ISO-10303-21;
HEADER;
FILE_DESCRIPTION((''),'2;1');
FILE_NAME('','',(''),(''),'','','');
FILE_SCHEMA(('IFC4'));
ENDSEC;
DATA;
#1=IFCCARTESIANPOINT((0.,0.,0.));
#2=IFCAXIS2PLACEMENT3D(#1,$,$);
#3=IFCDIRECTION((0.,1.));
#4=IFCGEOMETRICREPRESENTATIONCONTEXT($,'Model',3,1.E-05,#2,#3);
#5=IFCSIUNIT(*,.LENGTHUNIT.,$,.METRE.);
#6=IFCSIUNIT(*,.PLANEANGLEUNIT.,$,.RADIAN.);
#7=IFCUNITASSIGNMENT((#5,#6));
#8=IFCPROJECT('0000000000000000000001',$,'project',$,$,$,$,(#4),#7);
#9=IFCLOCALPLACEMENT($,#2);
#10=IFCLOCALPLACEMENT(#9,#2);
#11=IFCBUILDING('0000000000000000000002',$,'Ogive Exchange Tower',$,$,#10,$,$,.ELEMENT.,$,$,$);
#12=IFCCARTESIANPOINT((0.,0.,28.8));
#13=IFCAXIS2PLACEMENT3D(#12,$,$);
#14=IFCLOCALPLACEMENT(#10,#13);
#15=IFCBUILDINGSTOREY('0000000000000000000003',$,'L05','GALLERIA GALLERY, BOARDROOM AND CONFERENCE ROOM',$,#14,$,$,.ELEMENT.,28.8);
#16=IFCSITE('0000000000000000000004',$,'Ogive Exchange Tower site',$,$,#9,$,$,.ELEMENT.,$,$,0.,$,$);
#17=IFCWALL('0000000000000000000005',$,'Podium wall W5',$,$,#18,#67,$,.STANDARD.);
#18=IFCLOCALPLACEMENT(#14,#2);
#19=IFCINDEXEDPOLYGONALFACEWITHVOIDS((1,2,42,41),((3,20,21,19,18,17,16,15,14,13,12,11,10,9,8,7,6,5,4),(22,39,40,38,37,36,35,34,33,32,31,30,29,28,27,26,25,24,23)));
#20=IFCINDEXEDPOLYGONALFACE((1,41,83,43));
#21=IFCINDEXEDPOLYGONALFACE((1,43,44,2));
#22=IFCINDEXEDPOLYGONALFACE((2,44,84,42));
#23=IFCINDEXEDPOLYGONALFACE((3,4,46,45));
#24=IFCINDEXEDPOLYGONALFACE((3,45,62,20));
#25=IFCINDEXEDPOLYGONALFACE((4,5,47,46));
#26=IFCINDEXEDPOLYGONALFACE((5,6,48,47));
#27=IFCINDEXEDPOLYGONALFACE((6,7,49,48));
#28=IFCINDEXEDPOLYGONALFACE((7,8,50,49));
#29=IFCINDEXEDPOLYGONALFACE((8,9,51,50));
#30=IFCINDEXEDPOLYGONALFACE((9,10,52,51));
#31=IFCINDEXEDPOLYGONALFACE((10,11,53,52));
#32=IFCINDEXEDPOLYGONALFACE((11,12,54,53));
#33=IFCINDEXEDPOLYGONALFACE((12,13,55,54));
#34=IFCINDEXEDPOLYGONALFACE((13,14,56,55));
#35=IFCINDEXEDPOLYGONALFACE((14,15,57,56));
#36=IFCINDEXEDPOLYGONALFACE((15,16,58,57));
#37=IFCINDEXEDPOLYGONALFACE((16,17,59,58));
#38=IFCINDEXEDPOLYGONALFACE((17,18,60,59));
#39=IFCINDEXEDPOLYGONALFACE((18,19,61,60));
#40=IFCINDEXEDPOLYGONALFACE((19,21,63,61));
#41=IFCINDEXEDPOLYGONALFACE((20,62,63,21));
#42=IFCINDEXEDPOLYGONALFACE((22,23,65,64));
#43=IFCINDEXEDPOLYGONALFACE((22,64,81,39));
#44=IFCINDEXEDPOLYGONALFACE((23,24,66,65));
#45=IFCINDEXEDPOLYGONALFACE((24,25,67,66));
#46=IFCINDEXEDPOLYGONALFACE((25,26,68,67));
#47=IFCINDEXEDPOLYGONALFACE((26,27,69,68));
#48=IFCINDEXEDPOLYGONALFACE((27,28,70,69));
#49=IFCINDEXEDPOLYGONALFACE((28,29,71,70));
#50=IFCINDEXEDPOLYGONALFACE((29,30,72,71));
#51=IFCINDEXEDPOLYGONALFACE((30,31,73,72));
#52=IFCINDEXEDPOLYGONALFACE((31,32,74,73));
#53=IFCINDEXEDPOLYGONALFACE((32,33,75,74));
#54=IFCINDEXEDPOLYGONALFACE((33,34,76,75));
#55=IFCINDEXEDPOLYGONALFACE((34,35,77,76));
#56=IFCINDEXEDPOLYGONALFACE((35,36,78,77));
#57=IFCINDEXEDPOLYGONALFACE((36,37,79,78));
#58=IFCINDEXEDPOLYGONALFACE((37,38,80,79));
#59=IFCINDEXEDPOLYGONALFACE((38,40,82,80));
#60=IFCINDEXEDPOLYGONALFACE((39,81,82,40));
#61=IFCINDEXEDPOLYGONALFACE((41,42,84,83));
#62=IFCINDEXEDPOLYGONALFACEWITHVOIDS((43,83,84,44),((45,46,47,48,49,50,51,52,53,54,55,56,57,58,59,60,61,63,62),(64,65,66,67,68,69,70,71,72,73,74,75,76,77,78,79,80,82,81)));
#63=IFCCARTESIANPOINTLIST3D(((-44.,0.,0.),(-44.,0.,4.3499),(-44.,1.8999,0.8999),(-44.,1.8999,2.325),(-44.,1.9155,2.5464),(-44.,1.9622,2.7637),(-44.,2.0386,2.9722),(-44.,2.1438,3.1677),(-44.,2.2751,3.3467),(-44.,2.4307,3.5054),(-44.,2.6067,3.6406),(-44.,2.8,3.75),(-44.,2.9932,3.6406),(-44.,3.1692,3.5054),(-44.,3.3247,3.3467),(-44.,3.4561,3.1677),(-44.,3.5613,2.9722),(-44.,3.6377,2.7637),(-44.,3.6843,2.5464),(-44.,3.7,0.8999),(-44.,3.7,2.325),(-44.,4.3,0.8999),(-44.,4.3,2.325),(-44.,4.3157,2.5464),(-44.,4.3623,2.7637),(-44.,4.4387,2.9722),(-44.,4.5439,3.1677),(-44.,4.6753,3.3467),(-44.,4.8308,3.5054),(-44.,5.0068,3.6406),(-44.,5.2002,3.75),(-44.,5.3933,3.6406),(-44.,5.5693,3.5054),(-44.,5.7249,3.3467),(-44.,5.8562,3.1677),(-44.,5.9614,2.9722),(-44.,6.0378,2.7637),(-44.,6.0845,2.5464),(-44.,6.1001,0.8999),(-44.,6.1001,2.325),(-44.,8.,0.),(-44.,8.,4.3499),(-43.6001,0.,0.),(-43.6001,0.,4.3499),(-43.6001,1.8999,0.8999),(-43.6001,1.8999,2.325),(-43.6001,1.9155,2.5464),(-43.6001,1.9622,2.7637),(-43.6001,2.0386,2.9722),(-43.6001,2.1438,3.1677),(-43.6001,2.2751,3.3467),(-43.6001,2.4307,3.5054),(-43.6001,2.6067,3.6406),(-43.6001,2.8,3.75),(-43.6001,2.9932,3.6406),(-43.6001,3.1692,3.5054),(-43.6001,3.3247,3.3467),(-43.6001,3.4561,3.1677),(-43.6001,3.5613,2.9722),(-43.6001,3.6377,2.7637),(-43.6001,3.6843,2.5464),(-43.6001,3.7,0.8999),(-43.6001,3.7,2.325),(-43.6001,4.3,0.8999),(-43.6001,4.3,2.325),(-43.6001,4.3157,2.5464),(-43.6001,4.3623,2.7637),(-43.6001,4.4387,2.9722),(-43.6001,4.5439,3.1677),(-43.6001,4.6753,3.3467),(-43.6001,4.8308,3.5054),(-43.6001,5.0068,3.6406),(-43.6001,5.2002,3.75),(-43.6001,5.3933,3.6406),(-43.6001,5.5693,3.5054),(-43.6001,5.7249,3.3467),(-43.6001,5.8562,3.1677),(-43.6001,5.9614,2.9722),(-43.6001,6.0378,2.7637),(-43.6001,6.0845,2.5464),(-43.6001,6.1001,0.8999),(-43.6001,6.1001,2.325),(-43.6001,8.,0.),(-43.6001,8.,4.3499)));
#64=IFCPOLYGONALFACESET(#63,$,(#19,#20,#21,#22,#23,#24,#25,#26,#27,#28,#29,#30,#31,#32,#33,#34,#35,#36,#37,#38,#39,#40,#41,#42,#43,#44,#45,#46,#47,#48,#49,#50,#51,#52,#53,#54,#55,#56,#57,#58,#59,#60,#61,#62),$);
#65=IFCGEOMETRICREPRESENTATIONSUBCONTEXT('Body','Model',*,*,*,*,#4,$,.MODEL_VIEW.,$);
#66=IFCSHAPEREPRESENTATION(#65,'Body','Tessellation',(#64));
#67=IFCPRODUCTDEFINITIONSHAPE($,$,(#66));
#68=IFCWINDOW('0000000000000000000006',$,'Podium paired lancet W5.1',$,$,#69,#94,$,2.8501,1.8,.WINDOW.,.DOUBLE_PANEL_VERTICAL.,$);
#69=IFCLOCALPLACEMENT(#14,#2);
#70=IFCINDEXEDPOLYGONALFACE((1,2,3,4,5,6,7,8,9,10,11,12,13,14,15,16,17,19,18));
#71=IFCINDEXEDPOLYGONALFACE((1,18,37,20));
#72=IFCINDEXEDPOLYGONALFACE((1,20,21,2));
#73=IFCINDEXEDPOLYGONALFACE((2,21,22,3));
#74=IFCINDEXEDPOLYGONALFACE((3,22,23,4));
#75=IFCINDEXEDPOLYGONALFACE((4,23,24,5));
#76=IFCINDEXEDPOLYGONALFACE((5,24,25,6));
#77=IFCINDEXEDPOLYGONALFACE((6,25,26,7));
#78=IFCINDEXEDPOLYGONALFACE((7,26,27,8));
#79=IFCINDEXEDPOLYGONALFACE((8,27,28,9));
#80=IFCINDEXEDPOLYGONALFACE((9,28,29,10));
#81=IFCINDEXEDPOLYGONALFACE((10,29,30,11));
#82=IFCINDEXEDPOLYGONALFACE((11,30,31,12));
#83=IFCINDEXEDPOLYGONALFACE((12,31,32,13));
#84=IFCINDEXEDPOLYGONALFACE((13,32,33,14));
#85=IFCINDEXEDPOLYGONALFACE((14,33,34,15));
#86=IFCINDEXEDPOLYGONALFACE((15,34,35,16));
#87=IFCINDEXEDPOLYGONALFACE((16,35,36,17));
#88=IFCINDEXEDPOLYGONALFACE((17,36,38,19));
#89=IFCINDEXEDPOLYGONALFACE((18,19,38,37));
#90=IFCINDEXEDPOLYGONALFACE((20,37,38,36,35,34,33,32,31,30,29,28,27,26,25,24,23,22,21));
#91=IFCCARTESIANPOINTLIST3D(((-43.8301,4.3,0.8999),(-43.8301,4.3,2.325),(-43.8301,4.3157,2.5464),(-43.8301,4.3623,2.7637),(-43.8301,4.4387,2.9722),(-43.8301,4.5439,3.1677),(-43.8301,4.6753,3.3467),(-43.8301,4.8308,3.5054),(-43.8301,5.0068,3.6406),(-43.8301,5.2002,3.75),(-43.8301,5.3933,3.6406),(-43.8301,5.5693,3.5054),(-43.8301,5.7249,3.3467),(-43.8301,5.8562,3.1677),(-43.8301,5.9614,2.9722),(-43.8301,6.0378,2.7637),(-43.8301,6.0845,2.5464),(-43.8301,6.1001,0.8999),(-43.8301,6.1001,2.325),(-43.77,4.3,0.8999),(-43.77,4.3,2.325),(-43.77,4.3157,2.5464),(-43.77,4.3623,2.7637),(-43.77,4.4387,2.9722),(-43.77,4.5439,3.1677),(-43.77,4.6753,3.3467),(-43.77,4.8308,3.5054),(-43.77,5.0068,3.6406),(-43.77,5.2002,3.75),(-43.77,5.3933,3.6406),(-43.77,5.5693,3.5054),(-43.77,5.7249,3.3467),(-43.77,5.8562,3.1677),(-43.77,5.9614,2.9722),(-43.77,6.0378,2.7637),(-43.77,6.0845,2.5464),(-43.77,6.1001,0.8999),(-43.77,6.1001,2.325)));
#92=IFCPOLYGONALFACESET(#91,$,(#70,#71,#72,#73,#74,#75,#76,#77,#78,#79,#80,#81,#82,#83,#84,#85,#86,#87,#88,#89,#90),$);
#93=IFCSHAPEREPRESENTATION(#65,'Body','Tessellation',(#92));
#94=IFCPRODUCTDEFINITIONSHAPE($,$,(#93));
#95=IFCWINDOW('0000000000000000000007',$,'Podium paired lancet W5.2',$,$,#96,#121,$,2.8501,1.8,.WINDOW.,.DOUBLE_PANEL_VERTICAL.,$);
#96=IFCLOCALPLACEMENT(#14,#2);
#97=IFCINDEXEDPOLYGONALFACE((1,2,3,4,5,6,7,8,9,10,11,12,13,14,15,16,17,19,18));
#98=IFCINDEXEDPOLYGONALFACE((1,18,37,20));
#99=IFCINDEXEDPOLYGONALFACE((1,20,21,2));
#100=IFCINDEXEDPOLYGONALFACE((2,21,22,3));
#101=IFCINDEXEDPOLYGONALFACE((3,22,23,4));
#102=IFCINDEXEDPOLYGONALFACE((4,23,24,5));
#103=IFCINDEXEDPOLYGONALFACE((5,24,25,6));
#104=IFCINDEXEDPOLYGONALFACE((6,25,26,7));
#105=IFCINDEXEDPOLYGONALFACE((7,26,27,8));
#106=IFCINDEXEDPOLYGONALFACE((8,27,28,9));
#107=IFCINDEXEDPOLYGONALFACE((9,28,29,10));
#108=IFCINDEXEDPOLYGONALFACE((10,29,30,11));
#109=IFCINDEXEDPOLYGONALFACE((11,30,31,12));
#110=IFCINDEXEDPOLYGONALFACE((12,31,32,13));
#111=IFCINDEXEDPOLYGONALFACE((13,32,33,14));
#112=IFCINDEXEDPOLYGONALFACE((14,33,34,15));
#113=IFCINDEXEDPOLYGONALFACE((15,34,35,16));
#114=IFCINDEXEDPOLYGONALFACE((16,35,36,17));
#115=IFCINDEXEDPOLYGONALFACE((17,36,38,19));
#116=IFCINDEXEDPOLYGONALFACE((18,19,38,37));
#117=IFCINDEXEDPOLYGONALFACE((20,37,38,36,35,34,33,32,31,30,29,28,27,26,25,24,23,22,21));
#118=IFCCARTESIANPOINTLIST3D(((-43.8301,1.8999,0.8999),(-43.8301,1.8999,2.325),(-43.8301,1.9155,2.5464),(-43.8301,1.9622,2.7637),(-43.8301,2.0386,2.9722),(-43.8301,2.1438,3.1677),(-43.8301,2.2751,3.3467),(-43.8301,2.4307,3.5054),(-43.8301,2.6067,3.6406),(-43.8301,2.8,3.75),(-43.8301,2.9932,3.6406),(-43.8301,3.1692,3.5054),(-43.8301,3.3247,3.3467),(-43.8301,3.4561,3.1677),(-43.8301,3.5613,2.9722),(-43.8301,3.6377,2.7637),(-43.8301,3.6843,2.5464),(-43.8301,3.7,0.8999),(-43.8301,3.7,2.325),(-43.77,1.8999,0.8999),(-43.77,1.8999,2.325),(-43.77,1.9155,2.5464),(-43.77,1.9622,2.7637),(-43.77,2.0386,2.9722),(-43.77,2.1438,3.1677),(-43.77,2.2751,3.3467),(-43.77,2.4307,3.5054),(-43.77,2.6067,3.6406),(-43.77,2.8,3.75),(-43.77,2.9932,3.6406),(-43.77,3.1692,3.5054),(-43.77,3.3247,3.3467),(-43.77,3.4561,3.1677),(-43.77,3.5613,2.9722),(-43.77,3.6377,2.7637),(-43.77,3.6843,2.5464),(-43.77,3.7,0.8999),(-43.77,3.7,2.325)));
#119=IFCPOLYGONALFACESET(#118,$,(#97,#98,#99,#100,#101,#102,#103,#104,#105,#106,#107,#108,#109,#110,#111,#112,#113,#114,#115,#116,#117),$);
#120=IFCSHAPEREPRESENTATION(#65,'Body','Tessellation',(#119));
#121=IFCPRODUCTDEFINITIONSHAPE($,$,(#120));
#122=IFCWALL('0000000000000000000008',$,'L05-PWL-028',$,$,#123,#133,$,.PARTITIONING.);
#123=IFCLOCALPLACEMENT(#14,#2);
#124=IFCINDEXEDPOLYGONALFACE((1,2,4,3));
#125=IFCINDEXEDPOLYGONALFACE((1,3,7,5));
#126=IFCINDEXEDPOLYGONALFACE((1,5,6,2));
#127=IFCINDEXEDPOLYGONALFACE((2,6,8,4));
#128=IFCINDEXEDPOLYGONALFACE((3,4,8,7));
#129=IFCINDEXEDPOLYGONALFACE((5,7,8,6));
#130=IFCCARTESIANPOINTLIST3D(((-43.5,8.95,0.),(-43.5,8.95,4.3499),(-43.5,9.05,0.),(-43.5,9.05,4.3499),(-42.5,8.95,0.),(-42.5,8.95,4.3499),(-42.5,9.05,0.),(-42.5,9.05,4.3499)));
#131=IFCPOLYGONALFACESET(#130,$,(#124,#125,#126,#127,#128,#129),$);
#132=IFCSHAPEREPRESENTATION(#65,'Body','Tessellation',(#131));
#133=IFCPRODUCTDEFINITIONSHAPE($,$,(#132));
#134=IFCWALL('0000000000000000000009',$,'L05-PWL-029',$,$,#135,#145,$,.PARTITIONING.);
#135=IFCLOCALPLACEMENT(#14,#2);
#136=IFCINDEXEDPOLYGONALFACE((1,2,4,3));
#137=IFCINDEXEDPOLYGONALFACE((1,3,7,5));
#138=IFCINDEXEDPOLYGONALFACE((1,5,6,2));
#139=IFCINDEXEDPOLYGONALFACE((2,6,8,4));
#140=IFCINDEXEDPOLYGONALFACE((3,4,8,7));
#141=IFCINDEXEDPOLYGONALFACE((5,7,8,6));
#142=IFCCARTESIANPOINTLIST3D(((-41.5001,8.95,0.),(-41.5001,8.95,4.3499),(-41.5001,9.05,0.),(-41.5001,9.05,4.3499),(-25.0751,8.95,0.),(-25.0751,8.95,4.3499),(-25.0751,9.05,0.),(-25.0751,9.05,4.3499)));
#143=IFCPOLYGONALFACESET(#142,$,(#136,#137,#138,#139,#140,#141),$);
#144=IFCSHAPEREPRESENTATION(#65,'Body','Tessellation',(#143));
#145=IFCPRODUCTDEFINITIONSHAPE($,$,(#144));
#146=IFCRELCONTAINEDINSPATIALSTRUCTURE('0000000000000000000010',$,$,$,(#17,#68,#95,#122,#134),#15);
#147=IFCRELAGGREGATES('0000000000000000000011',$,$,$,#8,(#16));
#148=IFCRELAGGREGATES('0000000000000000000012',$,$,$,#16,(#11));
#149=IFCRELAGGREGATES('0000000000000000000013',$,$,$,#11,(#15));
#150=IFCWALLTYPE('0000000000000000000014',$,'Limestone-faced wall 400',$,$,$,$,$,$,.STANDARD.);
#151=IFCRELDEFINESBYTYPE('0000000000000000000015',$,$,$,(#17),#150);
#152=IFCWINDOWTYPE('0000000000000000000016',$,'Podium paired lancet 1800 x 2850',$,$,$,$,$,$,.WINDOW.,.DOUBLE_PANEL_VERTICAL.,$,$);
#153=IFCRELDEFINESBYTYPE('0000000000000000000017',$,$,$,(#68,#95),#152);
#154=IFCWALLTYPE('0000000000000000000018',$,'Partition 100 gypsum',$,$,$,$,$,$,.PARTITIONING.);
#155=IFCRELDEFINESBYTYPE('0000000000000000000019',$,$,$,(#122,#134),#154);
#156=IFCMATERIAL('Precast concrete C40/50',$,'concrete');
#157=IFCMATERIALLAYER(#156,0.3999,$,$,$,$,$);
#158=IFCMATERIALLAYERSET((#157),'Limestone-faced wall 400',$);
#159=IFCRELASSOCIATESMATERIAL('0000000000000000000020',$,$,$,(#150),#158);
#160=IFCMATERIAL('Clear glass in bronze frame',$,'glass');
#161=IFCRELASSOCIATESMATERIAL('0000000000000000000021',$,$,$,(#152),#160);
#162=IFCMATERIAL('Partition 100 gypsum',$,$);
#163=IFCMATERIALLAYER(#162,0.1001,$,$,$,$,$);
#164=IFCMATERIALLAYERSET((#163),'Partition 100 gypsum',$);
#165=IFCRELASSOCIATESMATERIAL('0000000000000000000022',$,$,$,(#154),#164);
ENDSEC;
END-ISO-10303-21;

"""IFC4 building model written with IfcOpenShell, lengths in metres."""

from ifc_helpers import new_model, si_unit, direction, frame, frame_2d, origin, place, context, subcontext, project, spatial, polyline, rectangle, outline, extrude, material, layer, layer_set, type_object, element, fill, save


model = new_model("IFC4")

# Units and contexts
model_context = context("Model", 3, precision=1e-05, world=origin(), true_north=direction((0.0, 1.0)))
body_context = subcontext(model_context, "Body", "Model", "MODEL_VIEW")
ifc_project = project(units=[si_unit("LENGTHUNIT", "METRE"), si_unit("PLANEANGLEUNIT", "RADIAN")], contexts=[model_context])

# Site, building, storey
site_placement = place(None, origin())
site = spatial("IfcSite", under=ifc_project, at=site_placement, Name="Ogive Exchange Tower site", CompositionType="ELEMENT", RefElevation=0.0)
building_placement = place(site_placement, origin())
building = spatial("IfcBuilding", under=site, at=building_placement, Name="Ogive Exchange Tower", CompositionType="ELEMENT")
storey_placement = place(building_placement, frame((0.0, 0.0, 28.8)))
storey = spatial("IfcBuildingStorey", under=building, at=storey_placement, Name="L05", Description="GALLERIA GALLERY, BOARDROOM AND CONFERENCE ROOM", CompositionType="ELEMENT", Elevation=28.8)

# Wall, openings, windows
ifc_material_1 = material(Name="Precast concrete C40/50", Category="concrete")
ifc_layer_1 = layer(ifc_material_1, 0.3999)
ifc_layer_set_1 = layer_set([ifc_layer_1], Name="Limestone-faced wall 400")
wall_type_1 = type_object("IfcWallType", Name="Limestone-faced wall 400", PredefinedType="STANDARD", material=ifc_layer_set_1)
ifc_material_2 = material(Name="Clear glass in bronze frame", Category="glass")
window_type = type_object("IfcWindowType", Name="Podium paired lancet 1800 x 2850", PartitioningType="DOUBLE_PANEL_VERTICAL", PredefinedType="WINDOW", material=ifc_material_2)
wall_1_placement = place(storey_placement, frame((-43.8, 8.0, 0.0), z_axis=(0.0, 0.0, 1.0), x_axis=(0.0, -1.0, 0.0)))
wall_1 = element("IfcWall", 1, at=wall_1_placement, inside=storey, type_object=wall_type_1, Name="Podium wall W5", PredefinedType="STANDARD", context=body_context, shape_type="SweptSolid", body=[
    extrude(rectangle(XDim=8.0, YDim=0.3999, at=frame_2d((4.0, 0.0))), origin(), (0.0, 0.0, 1.0), 4.3499),
])
opening_1_placement = place(wall_1_placement, frame((1.8999, 0.0, 0.8999)))
opening_1 = element("IfcOpeningElement", 2, at=opening_1_placement, cuts=wall_1, PredefinedType="OPENING", context=body_context, shape_type="SweptSolid", body=[
    extrude(outline(polyline([(0.0, 0.0), (1.8, 0.0), (1.8, 1.425), (1.7844, 1.6465), (1.7378, 1.8638), (1.6614, 2.0723), (1.5562, 2.2678), (1.4248, 2.4468), (1.2693, 2.6055), (1.0933, 2.7407), (0.8999, 2.8501), (0.7068, 2.7407), (0.5308, 2.6055), (0.3752, 2.4468), (0.2439, 2.2678), (0.1387, 2.0723), (0.0623, 1.8638), (0.0156, 1.6465), (0.0, 1.425), (0.0, 0.0)])), frame((0.0, 0.21, 0.0), z_axis=(0.0, -1.0, 0.0), x_axis=(1.0, 0.0, 0.0)), (0.0, 0.0, 1.0), 0.4199),
])
opening_2_placement = place(wall_1_placement, frame((4.3, 0.0, 0.8999)))
opening_2 = element("IfcOpeningElement", 3, at=opening_2_placement, cuts=wall_1, PredefinedType="OPENING", context=body_context, shape_type="SweptSolid", body=[
    extrude(outline(polyline([(0.0, 0.0), (1.8, 0.0), (1.8, 1.425), (1.7844, 1.6465), (1.7378, 1.8638), (1.6614, 2.0723), (1.5562, 2.2678), (1.4248, 2.4468), (1.2693, 2.6055), (1.0933, 2.7407), (0.8999, 2.8501), (0.7068, 2.7407), (0.5308, 2.6055), (0.3752, 2.4468), (0.2439, 2.2678), (0.1387, 2.0723), (0.0623, 1.8638), (0.0156, 1.6465), (0.0, 1.425), (0.0, 0.0)])), frame((0.0, 0.21, 0.0), z_axis=(0.0, -1.0, 0.0), x_axis=(1.0, 0.0, 0.0)), (0.0, 0.0, 1.0), 0.4199),
])
window_1_placement = place(opening_1_placement, origin())
window_1 = element("IfcWindow", 4, at=window_1_placement, inside=storey, type_object=window_type, Name="Podium paired lancet W5.1", OverallHeight=2.8501, OverallWidth=1.8, PartitioningType="DOUBLE_PANEL_VERTICAL", PredefinedType="WINDOW", context=body_context, shape_type="SweptSolid", body=[
    extrude(outline(polyline([(0.0, 0.0), (1.8, 0.0), (1.8, 1.425), (1.7844, 1.6465), (1.7378, 1.8638), (1.6614, 2.0723), (1.5562, 2.2678), (1.4248, 2.4468), (1.2693, 2.6055), (1.0933, 2.7407), (0.8999, 2.8501), (0.7068, 2.7407), (0.5308, 2.6055), (0.3752, 2.4468), (0.2439, 2.2678), (0.1387, 2.0723), (0.0623, 1.8638), (0.0156, 1.6465), (0.0, 1.425), (0.0, 0.0)])), frame((0.0, 0.03, 0.0), z_axis=(0.0, -1.0, 0.0), x_axis=(1.0, 0.0, 0.0)), (0.0, 0.0, 1.0), 0.0601),
])
fill(opening_1, window_1)
window_2_placement = place(opening_2_placement, origin())
window_2 = element("IfcWindow", 5, at=window_2_placement, inside=storey, type_object=window_type, Name="Podium paired lancet W5.2", OverallHeight=2.8501, OverallWidth=1.8, PartitioningType="DOUBLE_PANEL_VERTICAL", PredefinedType="WINDOW", context=body_context, shape_type="SweptSolid", body=[
    extrude(outline(polyline([(0.0, 0.0), (1.8, 0.0), (1.8, 1.425), (1.7844, 1.6465), (1.7378, 1.8638), (1.6614, 2.0723), (1.5562, 2.2678), (1.4248, 2.4468), (1.2693, 2.6055), (1.0933, 2.7407), (0.8999, 2.8501), (0.7068, 2.7407), (0.5308, 2.6055), (0.3752, 2.4468), (0.2439, 2.2678), (0.1387, 2.0723), (0.0623, 1.8638), (0.0156, 1.6465), (0.0, 1.425), (0.0, 0.0)])), frame((0.0, 0.03, 0.0), z_axis=(0.0, -1.0, 0.0), x_axis=(1.0, 0.0, 0.0)), (0.0, 0.0, 1.0), 0.0601),
])
fill(opening_2, window_2)

# Walls
ifc_material_3 = material(Name="Partition 100 gypsum")
ifc_layer_2 = layer(ifc_material_3, 0.1001)
ifc_layer_set_2 = layer_set([ifc_layer_2], Name="Partition 100 gypsum")
wall_type_2 = type_object("IfcWallType", Name="Partition 100 gypsum", PredefinedType="PARTITIONING", material=ifc_layer_set_2)
wall_2_placement = place(storey_placement, frame((-43.5, 9.0, 0.0), z_axis=(0.0, 0.0, 1.0), x_axis=(1.0, 0.0, 0.0)))
element("IfcWall", 6, at=wall_2_placement, inside=storey, type_object=wall_type_2, Name="L05-PWL-028", PredefinedType="PARTITIONING", context=body_context, shape_type="SweptSolid", body=[
    extrude(rectangle(XDim=1.0, YDim=0.1001, at=frame_2d((0.5, 0.0))), origin(), (0.0, 0.0, 1.0), 4.3499),
])
wall_3_placement = place(storey_placement, frame((-41.5, 9.0, 0.0), z_axis=(0.0, 0.0, 1.0), x_axis=(1.0, 0.0, 0.0)))
element("IfcWall", 7, at=wall_3_placement, inside=storey, type_object=wall_type_2, Name="L05-PWL-029", PredefinedType="PARTITIONING", context=body_context, shape_type="SweptSolid", body=[
    extrude(rectangle(XDim=16.425, YDim=0.1001, at=frame_2d((8.2124, 0.0))), origin(), (0.0, 0.0, 1.0), 4.3499),
])

save(model, "model.ifc")
